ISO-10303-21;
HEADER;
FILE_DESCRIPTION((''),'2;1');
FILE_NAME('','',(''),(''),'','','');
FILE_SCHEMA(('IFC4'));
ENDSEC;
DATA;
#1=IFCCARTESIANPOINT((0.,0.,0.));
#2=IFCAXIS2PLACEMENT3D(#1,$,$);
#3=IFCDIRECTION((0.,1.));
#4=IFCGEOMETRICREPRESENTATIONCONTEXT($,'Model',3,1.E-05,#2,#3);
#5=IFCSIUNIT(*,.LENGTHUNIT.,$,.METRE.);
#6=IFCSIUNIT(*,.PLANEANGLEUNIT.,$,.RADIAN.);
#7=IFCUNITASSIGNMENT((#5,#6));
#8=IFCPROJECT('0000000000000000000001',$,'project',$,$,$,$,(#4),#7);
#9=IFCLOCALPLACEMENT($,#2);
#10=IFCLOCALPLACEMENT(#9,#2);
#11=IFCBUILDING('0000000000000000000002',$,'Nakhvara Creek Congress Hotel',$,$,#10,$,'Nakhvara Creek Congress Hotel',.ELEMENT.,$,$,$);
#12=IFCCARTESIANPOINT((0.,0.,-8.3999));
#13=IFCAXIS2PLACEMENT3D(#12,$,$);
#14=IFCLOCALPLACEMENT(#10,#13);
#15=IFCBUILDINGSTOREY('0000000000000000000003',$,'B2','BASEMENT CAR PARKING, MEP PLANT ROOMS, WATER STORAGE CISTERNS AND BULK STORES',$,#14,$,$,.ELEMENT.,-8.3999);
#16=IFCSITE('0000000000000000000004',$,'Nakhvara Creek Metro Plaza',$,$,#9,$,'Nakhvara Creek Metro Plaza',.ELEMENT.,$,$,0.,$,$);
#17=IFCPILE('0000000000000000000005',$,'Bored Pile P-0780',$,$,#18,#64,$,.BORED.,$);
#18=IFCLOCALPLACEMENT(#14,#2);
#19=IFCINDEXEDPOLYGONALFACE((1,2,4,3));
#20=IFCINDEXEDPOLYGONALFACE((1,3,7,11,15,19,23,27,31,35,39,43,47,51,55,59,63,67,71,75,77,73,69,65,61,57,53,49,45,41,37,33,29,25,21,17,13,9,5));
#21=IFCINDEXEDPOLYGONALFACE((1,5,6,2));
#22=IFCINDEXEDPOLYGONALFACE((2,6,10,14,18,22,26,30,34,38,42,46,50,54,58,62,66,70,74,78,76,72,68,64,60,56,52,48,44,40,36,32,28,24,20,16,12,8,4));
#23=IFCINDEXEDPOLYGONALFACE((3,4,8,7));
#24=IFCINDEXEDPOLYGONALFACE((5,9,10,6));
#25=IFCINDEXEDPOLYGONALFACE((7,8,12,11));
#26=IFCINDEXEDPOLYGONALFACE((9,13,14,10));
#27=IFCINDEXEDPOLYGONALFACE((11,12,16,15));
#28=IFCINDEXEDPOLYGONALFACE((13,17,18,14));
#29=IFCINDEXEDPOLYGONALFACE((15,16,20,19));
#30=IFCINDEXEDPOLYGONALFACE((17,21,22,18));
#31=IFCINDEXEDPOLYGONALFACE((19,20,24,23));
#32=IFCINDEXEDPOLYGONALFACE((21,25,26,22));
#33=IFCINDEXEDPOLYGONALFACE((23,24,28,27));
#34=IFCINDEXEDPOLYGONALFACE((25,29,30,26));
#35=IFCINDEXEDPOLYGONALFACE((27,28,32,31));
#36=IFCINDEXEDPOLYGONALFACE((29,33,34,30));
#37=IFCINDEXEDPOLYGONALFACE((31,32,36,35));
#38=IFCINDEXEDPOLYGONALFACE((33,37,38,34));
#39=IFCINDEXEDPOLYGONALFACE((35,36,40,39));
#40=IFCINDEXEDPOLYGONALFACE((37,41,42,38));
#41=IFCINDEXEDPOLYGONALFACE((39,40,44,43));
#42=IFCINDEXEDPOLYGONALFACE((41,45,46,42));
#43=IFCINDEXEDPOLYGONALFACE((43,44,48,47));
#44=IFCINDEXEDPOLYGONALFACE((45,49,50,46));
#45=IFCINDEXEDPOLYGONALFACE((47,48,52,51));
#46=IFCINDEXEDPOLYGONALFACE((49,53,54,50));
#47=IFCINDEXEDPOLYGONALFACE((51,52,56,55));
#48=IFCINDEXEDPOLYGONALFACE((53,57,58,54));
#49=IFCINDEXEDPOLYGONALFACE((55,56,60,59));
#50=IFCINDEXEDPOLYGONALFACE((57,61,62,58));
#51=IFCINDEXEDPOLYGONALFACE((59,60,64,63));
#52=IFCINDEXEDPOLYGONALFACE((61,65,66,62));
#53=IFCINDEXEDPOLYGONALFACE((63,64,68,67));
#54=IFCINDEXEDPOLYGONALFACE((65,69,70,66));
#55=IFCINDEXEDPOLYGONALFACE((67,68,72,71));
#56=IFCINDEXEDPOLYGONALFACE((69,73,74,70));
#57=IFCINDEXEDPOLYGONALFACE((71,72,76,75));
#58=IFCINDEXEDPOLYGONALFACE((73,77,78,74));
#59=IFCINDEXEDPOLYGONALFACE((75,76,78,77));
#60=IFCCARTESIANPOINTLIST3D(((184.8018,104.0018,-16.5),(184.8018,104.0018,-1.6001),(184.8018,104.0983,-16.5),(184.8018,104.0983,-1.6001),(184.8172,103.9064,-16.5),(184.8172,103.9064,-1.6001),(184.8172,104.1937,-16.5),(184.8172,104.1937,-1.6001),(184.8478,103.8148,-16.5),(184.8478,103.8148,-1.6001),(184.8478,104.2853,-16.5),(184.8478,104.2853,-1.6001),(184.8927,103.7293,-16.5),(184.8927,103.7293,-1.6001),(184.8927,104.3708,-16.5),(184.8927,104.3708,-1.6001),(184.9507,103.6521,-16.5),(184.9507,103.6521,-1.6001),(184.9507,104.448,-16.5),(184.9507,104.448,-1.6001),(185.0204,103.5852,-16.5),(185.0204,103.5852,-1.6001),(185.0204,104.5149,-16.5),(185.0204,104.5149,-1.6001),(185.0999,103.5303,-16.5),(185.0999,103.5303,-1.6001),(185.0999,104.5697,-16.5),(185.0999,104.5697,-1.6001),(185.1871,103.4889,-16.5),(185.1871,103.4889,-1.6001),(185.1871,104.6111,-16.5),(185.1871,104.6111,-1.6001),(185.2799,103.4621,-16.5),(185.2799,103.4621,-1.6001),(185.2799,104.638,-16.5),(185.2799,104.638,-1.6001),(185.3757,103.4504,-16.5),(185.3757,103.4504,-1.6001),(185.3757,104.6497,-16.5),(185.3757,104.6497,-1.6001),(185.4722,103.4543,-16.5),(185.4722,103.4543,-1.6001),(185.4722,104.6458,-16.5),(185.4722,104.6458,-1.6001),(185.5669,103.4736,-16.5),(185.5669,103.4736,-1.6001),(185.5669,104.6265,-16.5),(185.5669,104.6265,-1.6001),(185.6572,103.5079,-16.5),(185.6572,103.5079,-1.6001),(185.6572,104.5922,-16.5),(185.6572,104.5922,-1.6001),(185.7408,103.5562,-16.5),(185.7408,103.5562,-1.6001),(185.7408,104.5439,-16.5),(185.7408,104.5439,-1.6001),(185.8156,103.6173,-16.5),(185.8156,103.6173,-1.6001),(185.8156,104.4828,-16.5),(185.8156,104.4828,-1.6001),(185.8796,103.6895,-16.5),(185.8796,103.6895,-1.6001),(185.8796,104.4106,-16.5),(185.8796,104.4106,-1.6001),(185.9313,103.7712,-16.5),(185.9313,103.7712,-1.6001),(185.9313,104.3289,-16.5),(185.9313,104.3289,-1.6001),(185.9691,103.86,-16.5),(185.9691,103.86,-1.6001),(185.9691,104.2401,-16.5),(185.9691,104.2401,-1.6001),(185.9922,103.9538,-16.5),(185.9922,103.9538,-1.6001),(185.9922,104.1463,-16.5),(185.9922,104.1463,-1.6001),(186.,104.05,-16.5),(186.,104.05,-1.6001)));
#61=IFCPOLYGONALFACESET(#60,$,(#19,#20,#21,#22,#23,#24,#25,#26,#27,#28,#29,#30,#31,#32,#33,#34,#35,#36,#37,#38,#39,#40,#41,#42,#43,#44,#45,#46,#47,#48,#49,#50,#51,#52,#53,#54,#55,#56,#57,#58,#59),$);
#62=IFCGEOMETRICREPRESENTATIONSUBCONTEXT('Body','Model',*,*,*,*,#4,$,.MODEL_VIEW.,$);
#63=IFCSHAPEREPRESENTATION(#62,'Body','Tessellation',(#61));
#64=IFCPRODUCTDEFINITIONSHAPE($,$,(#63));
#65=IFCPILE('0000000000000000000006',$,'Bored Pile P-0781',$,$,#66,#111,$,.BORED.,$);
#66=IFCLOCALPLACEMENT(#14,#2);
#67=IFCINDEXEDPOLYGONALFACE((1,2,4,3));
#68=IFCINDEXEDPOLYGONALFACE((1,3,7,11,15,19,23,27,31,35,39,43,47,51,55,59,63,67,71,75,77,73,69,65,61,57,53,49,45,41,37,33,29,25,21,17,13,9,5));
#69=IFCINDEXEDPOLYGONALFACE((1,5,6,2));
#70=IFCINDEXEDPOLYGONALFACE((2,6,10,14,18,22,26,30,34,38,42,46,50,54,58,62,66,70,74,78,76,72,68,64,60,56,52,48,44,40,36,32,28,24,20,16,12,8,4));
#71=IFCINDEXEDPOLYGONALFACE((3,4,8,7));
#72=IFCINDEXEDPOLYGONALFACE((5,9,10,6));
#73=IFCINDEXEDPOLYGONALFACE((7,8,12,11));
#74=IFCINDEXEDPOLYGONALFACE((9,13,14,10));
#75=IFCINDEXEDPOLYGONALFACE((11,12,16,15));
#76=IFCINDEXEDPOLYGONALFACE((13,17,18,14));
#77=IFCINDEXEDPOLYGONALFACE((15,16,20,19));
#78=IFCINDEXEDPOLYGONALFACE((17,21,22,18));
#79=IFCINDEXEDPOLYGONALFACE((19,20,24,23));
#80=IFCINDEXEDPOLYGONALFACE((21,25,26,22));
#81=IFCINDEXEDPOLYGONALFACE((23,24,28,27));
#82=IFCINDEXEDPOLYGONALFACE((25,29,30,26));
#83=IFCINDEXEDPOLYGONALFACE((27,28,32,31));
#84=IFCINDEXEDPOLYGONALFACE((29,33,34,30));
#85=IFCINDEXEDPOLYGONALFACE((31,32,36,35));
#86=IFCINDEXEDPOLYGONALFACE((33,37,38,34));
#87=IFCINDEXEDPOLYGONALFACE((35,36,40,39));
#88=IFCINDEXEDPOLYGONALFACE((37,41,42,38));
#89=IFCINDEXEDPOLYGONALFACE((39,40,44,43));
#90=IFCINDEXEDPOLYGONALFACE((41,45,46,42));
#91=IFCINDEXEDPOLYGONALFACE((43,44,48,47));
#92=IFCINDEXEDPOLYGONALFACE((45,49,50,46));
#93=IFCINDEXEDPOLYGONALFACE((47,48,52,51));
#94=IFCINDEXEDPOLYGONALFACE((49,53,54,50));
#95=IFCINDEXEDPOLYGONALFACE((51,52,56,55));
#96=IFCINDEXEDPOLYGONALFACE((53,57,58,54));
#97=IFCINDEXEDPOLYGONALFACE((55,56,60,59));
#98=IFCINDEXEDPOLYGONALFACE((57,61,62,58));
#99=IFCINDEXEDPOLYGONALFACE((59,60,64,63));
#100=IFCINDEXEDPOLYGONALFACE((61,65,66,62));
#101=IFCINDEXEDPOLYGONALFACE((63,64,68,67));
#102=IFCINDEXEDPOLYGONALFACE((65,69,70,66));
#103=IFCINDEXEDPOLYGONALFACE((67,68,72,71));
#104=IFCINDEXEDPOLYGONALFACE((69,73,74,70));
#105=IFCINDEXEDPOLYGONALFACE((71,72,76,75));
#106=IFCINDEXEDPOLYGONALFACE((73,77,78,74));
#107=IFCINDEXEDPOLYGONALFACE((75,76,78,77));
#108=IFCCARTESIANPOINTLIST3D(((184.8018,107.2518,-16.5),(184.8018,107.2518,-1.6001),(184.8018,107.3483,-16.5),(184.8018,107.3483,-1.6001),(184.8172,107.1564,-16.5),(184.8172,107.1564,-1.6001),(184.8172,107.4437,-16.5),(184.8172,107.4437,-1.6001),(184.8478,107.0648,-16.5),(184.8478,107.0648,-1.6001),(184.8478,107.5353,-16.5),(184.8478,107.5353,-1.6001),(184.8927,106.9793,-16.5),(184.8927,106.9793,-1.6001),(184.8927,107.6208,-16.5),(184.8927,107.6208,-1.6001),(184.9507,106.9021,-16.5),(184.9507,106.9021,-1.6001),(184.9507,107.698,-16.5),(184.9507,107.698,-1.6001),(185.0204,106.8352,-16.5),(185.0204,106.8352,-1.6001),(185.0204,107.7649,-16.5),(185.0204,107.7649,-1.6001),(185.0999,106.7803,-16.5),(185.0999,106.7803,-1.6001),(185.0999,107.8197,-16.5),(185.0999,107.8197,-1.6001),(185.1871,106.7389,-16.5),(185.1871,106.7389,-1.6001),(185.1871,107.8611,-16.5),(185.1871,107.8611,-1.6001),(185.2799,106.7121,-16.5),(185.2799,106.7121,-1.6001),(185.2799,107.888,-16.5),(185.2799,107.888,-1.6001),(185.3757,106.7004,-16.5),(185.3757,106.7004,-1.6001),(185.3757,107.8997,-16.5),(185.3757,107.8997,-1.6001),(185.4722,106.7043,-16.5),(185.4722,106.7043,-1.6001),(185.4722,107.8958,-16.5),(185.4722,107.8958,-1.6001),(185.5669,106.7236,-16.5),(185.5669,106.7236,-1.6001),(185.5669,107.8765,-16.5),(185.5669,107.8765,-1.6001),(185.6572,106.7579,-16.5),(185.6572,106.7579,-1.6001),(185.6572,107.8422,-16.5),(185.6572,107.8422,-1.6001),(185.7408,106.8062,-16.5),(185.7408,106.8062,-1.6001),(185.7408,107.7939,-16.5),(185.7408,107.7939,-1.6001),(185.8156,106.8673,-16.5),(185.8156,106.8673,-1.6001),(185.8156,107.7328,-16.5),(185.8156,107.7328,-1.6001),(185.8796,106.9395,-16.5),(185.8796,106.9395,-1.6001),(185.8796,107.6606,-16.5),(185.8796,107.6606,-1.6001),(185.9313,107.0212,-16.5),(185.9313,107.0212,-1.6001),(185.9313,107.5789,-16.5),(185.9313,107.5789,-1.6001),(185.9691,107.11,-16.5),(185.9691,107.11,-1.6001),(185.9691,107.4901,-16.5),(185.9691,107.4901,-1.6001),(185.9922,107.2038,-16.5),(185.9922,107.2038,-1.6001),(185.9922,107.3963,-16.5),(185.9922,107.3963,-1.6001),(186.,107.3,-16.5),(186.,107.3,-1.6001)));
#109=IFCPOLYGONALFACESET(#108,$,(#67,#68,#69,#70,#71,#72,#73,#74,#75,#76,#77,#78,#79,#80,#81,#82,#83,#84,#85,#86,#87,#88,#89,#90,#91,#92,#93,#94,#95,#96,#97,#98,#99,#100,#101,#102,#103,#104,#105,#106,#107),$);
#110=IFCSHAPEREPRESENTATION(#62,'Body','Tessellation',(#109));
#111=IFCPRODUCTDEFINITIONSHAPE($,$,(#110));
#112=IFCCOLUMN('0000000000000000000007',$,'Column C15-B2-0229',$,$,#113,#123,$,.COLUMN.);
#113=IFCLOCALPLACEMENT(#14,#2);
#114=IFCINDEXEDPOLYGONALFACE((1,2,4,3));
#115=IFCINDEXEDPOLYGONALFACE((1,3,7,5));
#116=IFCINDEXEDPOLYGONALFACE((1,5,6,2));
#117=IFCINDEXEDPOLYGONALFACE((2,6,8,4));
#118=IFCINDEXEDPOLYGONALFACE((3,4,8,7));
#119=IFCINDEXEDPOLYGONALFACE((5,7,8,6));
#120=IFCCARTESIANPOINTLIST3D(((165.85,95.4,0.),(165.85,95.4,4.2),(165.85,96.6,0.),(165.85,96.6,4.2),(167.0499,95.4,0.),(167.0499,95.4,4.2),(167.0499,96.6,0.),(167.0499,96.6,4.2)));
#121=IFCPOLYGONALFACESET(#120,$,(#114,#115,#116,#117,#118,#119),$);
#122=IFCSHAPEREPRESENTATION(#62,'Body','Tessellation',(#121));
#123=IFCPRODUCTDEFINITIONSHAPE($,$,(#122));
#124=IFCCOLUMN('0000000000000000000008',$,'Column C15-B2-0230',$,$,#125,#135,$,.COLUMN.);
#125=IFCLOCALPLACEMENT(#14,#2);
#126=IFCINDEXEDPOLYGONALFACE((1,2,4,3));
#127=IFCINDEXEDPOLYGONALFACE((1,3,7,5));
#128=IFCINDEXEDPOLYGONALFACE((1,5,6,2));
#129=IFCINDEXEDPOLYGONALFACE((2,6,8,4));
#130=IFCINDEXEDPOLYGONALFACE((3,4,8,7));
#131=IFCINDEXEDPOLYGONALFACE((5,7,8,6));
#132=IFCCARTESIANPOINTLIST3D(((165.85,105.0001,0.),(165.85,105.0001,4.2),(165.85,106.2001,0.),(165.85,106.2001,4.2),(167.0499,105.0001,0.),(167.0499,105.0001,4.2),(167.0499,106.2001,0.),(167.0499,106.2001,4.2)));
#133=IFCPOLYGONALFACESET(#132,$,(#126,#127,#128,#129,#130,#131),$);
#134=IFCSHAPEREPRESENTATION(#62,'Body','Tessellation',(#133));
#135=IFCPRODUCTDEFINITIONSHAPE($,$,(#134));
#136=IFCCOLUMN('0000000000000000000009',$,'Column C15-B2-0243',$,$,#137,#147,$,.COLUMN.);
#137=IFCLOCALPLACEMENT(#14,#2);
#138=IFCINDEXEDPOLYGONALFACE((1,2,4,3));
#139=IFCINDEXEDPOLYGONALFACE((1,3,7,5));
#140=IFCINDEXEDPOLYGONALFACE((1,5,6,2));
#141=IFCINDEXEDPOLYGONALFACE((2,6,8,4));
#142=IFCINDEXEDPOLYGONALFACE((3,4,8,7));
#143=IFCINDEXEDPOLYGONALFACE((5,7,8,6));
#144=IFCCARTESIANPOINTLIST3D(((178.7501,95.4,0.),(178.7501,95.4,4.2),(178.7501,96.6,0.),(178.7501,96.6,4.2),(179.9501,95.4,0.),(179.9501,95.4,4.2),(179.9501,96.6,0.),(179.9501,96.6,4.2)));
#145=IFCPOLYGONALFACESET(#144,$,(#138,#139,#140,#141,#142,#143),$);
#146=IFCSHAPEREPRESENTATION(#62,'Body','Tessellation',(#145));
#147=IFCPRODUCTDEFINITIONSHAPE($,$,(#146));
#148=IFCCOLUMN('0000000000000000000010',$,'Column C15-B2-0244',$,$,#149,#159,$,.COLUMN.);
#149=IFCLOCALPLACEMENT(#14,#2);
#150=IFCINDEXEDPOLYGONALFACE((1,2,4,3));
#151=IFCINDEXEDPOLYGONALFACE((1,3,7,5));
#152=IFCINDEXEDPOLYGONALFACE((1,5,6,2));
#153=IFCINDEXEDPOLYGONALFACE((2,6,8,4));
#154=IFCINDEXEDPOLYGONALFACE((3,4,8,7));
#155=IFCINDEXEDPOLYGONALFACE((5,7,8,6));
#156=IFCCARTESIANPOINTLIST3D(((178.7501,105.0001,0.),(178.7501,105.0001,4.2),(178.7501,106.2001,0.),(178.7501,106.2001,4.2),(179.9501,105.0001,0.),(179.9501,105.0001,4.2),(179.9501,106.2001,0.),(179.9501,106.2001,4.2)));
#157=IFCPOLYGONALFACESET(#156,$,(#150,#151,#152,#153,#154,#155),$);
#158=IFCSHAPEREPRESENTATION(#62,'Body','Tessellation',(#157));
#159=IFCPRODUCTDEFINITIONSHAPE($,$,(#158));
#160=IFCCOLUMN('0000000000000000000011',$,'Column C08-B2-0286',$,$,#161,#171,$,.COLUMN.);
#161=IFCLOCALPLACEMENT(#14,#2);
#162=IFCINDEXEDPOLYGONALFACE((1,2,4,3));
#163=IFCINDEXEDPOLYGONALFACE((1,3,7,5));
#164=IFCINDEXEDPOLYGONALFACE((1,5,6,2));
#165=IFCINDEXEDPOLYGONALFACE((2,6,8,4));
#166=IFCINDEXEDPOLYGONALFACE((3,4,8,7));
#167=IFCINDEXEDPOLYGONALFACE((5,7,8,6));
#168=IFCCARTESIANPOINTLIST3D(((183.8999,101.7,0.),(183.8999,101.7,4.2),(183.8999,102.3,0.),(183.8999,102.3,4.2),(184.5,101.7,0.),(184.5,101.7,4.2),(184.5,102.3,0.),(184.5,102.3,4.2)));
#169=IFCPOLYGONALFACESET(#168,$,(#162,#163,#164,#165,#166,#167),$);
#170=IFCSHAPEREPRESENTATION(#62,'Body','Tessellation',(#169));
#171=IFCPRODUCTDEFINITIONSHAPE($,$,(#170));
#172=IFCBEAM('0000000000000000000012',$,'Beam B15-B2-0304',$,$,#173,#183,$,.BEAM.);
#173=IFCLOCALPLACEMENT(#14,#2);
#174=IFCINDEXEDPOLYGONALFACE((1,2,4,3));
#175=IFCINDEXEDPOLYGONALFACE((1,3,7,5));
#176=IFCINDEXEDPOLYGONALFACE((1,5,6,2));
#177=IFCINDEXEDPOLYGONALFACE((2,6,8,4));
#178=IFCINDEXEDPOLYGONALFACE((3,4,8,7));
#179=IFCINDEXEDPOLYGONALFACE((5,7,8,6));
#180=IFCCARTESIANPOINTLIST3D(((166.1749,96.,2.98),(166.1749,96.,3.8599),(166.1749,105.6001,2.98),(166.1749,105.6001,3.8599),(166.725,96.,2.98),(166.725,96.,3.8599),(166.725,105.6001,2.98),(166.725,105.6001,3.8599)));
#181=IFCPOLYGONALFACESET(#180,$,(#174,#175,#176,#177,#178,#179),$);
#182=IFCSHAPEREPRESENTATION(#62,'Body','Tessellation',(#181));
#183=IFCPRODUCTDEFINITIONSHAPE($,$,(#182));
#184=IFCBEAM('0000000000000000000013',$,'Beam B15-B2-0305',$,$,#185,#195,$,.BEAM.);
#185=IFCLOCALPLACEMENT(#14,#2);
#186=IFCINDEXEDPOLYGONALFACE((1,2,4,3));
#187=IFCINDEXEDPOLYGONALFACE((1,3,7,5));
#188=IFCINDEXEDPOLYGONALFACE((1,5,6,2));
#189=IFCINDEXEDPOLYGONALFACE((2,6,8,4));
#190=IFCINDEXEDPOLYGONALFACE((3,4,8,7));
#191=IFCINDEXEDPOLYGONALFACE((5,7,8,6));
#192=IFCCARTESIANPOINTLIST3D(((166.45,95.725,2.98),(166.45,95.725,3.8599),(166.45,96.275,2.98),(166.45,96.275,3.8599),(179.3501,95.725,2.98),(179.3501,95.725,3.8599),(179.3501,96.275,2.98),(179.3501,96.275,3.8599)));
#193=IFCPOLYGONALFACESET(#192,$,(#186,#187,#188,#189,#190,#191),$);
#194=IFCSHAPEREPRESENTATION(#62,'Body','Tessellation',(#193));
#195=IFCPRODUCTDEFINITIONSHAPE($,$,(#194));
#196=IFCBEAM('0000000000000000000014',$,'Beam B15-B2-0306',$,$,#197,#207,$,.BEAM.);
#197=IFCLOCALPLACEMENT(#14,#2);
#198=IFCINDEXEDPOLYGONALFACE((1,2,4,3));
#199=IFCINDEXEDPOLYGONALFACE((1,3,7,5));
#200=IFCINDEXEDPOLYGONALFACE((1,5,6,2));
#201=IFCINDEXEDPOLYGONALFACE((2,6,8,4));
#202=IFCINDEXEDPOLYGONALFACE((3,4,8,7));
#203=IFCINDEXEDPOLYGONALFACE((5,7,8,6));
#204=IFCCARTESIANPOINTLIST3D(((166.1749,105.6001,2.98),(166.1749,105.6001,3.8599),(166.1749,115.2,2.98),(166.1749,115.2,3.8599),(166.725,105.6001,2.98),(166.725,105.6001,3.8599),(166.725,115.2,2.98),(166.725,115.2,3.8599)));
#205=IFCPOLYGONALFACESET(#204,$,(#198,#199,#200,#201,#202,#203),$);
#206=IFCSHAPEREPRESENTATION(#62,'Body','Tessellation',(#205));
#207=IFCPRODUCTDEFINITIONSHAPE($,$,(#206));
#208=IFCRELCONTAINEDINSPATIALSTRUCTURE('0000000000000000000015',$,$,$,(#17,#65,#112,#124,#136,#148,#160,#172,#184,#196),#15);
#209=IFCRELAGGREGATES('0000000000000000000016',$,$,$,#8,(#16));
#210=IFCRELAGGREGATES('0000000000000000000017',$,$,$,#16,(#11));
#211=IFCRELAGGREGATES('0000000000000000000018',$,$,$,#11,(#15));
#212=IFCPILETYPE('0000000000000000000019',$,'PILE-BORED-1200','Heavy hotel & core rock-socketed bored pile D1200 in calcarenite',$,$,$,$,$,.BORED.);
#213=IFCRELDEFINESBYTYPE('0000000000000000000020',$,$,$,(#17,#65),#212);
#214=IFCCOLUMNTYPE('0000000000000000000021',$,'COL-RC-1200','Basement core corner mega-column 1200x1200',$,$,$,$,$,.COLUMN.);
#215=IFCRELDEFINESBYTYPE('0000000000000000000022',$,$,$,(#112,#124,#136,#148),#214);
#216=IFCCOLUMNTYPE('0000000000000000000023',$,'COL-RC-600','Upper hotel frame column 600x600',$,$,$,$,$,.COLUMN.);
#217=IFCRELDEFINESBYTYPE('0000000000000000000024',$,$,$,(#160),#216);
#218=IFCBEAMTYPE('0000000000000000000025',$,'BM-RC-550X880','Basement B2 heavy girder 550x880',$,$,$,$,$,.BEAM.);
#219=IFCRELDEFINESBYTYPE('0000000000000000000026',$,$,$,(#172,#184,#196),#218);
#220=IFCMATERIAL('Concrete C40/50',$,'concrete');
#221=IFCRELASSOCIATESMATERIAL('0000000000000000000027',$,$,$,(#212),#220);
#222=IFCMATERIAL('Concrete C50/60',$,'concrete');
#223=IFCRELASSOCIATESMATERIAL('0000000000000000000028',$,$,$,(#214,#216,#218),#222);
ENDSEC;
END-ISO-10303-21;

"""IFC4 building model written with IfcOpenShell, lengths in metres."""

from ifc_helpers import new_model, si_unit, direction, frame, origin, origin_2d, place, context, subcontext, project, spatial, rectangle, circle, extrude, material, material_profile, profile_set, type_object, element, save


model = new_model("IFC4")

# Units and contexts
model_context = context("Model", 3, precision=1e-05, world=origin(), true_north=direction((0.0, 1.0)))
body_context = subcontext(model_context, "Body", "Model", "MODEL_VIEW")
ifc_project = project(units=[si_unit("LENGTHUNIT", "METRE"), si_unit("PLANEANGLEUNIT", "RADIAN")], contexts=[model_context])

# Site, building, storey
site_placement = place(None, origin())
site = spatial("IfcSite", under=ifc_project, at=site_placement, Name="Nakhvara Creek Metro Plaza", LongName="Nakhvara Creek Metro Plaza", CompositionType="ELEMENT", RefElevation=0.0)
building_placement = place(site_placement, origin())
building = spatial("IfcBuilding", under=site, at=building_placement, Name="Nakhvara Creek Congress Hotel", LongName="Nakhvara Creek Congress Hotel", CompositionType="ELEMENT")
storey_placement = place(building_placement, frame((0.0, 0.0, -8.3999)))
storey = spatial("IfcBuildingStorey", under=building, at=storey_placement, Name="B2", Description="BASEMENT CAR PARKING, MEP PLANT ROOMS, WATER STORAGE CISTERNS AND BULK STORES", CompositionType="ELEMENT", Elevation=-8.3999)

# Shared definitions
ifc_material_1 = material(Name="Concrete C40/50", Category="concrete")

# Piles
ifc_material_profile_1 = material_profile(ifc_material_1, circle(Radius=0.6001, at=origin_2d()), Name="BORED PILE D1200", Category="LoadBearing")
ifc_profile_set_1 = profile_set([ifc_material_profile_1], Name="Concrete C40/50")
pile_type = type_object("IfcPileType", Name="PILE-BORED-1200", Description="Heavy hotel & core rock-socketed bored pile D1200 in calcarenite", PredefinedType="BORED", material=ifc_profile_set_1)
for number, where, z_axis, x_axis, name in (
    (1, (185.3999, 104.05, -1.6001), (0.0, 0.0, -1.0), (1.0, 0.0, 0.0), "Bored Pile P-0780"),
    (2, (185.3999, 107.3, -1.6001), (0.0, 0.0, -1.0), (1.0, 0.0, 0.0), "Bored Pile P-0781"),
):
    element("IfcPile", number, at=place(storey_placement, frame(where, z_axis=z_axis, x_axis=x_axis)), inside=storey, type_object=pile_type, Name=name, PredefinedType="BORED", context=body_context, shape_type="SweptSolid", body=[
        extrude(circle(Radius=0.6001, at=origin_2d()), origin(), (0.0, 0.0, 1.0), 14.8999),
    ])

# Columns
ifc_material_2 = material(Name="Concrete C50/60", Category="concrete")
ifc_material_profile_2 = material_profile(ifc_material_2, rectangle(XDim=1.2, YDim=1.2, at=origin_2d()), Name="RC-COL 1200x1200", Category="LoadBearing")
ifc_profile_set_2 = profile_set([ifc_material_profile_2], Name="Concrete C50/60")
column_type_1 = type_object("IfcColumnType", Name="COL-RC-1200", Description="Basement core corner mega-column 1200x1200", PredefinedType="COLUMN", material=ifc_profile_set_2)
for number, where, z_axis, x_axis, name in (
    (3, (166.45, 96.0, 0.0), (0.0, 0.0, 1.0), (1.0, 0.0, 0.0), "Column C15-B2-0229"),
    (4, (166.45, 105.6001, 0.0), (0.0, 0.0, 1.0), (1.0, 0.0, 0.0), "Column C15-B2-0230"),
    (5, (179.3501, 96.0, 0.0), (0.0, 0.0, 1.0), (1.0, 0.0, 0.0), "Column C15-B2-0243"),
    (6, (179.3501, 105.6001, 0.0), (0.0, 0.0, 1.0), (1.0, 0.0, 0.0), "Column C15-B2-0244"),
):
    element("IfcColumn", number, at=place(storey_placement, frame(where, z_axis=z_axis, x_axis=x_axis)), inside=storey, type_object=column_type_1, Name=name, PredefinedType="COLUMN", context=body_context, shape_type="SweptSolid", body=[
        extrude(rectangle(XDim=1.2, YDim=1.2, at=origin_2d()), origin(), (0.0, 0.0, 1.0), 4.2),
    ])
ifc_material_profile_3 = material_profile(ifc_material_2, rectangle(XDim=0.6001, YDim=0.6001, at=origin_2d()), Name="RC-COL 600x600", Category="LoadBearing")
ifc_profile_set_3 = profile_set([ifc_material_profile_3], Name="Concrete C50/60")
column_type_2 = type_object("IfcColumnType", Name="COL-RC-600", Description="Upper hotel frame column 600x600", PredefinedType="COLUMN", material=ifc_profile_set_3)
column_placement = place(storey_placement, frame((184.2, 102.0, 0.0), z_axis=(0.0, 0.0, 1.0), x_axis=(1.0, 0.0, 0.0)))
element("IfcColumn", 7, at=column_placement, inside=storey, type_object=column_type_2, Name="Column C08-B2-0286", PredefinedType="COLUMN", context=body_context, shape_type="SweptSolid", body=[
    extrude(rectangle(XDim=0.6001, YDim=0.6001, at=origin_2d()), origin(), (0.0, 0.0, 1.0), 4.2),
])

# Beams
ifc_material_profile_4 = material_profile(ifc_material_2, rectangle(XDim=0.55, YDim=0.8799, at=origin_2d()), Name="RC-BM 550x880", Category="LoadBearing")
ifc_profile_set_4 = profile_set([ifc_material_profile_4], Name="Concrete C50/60")
beam_type_1 = type_object("IfcBeamType", Name="BM-RC-550X880", Description="Basement B2 heavy girder 550x880", PredefinedType="BEAM", material=ifc_profile_set_4)
beam_1_placement = place(storey_placement, frame((166.45, 96.0, 3.4199), z_axis=(0.0, 1.0, 0.0), x_axis=(-1.0, 0.0, 0.0)))
element("IfcBeam", 8, at=beam_1_placement, inside=storey, type_object=beam_type_1, Name="Beam B15-B2-0304", PredefinedType="BEAM", context=body_context, shape_type="SweptSolid", body=[
    extrude(rectangle(XDim=0.55, YDim=0.8799, at=origin_2d()), origin(), (0.0, 0.0, 1.0), 9.6001),
])
beam_2_placement = place(storey_placement, frame((166.45, 96.0, 3.4199), z_axis=(1.0, 0.0, 0.0), x_axis=(0.0, 1.0, 0.0)))
element("IfcBeam", 9, at=beam_2_placement, inside=storey, type_object=beam_type_1, Name="Beam B15-B2-0305", PredefinedType="BEAM", context=body_context, shape_type="SweptSolid", body=[
    extrude(rectangle(XDim=0.55, YDim=0.8799, at=origin_2d()), origin(), (0.0, 0.0, 1.0), 12.9001),
])
beam_3_placement = place(storey_placement, frame((166.45, 105.6001, 3.4199), z_axis=(0.0, 1.0, 0.0), x_axis=(-1.0, 0.0, 0.0)))
element("IfcBeam", 10, at=beam_3_placement, inside=storey, type_object=beam_type_1, Name="Beam B15-B2-0306", PredefinedType="BEAM", context=body_context, shape_type="SweptSolid", body=[
    extrude(rectangle(XDim=0.55, YDim=0.8799, at=origin_2d()), origin(), (0.0, 0.0, 1.0), 9.5999),
])

save(model, "model.ifc")
